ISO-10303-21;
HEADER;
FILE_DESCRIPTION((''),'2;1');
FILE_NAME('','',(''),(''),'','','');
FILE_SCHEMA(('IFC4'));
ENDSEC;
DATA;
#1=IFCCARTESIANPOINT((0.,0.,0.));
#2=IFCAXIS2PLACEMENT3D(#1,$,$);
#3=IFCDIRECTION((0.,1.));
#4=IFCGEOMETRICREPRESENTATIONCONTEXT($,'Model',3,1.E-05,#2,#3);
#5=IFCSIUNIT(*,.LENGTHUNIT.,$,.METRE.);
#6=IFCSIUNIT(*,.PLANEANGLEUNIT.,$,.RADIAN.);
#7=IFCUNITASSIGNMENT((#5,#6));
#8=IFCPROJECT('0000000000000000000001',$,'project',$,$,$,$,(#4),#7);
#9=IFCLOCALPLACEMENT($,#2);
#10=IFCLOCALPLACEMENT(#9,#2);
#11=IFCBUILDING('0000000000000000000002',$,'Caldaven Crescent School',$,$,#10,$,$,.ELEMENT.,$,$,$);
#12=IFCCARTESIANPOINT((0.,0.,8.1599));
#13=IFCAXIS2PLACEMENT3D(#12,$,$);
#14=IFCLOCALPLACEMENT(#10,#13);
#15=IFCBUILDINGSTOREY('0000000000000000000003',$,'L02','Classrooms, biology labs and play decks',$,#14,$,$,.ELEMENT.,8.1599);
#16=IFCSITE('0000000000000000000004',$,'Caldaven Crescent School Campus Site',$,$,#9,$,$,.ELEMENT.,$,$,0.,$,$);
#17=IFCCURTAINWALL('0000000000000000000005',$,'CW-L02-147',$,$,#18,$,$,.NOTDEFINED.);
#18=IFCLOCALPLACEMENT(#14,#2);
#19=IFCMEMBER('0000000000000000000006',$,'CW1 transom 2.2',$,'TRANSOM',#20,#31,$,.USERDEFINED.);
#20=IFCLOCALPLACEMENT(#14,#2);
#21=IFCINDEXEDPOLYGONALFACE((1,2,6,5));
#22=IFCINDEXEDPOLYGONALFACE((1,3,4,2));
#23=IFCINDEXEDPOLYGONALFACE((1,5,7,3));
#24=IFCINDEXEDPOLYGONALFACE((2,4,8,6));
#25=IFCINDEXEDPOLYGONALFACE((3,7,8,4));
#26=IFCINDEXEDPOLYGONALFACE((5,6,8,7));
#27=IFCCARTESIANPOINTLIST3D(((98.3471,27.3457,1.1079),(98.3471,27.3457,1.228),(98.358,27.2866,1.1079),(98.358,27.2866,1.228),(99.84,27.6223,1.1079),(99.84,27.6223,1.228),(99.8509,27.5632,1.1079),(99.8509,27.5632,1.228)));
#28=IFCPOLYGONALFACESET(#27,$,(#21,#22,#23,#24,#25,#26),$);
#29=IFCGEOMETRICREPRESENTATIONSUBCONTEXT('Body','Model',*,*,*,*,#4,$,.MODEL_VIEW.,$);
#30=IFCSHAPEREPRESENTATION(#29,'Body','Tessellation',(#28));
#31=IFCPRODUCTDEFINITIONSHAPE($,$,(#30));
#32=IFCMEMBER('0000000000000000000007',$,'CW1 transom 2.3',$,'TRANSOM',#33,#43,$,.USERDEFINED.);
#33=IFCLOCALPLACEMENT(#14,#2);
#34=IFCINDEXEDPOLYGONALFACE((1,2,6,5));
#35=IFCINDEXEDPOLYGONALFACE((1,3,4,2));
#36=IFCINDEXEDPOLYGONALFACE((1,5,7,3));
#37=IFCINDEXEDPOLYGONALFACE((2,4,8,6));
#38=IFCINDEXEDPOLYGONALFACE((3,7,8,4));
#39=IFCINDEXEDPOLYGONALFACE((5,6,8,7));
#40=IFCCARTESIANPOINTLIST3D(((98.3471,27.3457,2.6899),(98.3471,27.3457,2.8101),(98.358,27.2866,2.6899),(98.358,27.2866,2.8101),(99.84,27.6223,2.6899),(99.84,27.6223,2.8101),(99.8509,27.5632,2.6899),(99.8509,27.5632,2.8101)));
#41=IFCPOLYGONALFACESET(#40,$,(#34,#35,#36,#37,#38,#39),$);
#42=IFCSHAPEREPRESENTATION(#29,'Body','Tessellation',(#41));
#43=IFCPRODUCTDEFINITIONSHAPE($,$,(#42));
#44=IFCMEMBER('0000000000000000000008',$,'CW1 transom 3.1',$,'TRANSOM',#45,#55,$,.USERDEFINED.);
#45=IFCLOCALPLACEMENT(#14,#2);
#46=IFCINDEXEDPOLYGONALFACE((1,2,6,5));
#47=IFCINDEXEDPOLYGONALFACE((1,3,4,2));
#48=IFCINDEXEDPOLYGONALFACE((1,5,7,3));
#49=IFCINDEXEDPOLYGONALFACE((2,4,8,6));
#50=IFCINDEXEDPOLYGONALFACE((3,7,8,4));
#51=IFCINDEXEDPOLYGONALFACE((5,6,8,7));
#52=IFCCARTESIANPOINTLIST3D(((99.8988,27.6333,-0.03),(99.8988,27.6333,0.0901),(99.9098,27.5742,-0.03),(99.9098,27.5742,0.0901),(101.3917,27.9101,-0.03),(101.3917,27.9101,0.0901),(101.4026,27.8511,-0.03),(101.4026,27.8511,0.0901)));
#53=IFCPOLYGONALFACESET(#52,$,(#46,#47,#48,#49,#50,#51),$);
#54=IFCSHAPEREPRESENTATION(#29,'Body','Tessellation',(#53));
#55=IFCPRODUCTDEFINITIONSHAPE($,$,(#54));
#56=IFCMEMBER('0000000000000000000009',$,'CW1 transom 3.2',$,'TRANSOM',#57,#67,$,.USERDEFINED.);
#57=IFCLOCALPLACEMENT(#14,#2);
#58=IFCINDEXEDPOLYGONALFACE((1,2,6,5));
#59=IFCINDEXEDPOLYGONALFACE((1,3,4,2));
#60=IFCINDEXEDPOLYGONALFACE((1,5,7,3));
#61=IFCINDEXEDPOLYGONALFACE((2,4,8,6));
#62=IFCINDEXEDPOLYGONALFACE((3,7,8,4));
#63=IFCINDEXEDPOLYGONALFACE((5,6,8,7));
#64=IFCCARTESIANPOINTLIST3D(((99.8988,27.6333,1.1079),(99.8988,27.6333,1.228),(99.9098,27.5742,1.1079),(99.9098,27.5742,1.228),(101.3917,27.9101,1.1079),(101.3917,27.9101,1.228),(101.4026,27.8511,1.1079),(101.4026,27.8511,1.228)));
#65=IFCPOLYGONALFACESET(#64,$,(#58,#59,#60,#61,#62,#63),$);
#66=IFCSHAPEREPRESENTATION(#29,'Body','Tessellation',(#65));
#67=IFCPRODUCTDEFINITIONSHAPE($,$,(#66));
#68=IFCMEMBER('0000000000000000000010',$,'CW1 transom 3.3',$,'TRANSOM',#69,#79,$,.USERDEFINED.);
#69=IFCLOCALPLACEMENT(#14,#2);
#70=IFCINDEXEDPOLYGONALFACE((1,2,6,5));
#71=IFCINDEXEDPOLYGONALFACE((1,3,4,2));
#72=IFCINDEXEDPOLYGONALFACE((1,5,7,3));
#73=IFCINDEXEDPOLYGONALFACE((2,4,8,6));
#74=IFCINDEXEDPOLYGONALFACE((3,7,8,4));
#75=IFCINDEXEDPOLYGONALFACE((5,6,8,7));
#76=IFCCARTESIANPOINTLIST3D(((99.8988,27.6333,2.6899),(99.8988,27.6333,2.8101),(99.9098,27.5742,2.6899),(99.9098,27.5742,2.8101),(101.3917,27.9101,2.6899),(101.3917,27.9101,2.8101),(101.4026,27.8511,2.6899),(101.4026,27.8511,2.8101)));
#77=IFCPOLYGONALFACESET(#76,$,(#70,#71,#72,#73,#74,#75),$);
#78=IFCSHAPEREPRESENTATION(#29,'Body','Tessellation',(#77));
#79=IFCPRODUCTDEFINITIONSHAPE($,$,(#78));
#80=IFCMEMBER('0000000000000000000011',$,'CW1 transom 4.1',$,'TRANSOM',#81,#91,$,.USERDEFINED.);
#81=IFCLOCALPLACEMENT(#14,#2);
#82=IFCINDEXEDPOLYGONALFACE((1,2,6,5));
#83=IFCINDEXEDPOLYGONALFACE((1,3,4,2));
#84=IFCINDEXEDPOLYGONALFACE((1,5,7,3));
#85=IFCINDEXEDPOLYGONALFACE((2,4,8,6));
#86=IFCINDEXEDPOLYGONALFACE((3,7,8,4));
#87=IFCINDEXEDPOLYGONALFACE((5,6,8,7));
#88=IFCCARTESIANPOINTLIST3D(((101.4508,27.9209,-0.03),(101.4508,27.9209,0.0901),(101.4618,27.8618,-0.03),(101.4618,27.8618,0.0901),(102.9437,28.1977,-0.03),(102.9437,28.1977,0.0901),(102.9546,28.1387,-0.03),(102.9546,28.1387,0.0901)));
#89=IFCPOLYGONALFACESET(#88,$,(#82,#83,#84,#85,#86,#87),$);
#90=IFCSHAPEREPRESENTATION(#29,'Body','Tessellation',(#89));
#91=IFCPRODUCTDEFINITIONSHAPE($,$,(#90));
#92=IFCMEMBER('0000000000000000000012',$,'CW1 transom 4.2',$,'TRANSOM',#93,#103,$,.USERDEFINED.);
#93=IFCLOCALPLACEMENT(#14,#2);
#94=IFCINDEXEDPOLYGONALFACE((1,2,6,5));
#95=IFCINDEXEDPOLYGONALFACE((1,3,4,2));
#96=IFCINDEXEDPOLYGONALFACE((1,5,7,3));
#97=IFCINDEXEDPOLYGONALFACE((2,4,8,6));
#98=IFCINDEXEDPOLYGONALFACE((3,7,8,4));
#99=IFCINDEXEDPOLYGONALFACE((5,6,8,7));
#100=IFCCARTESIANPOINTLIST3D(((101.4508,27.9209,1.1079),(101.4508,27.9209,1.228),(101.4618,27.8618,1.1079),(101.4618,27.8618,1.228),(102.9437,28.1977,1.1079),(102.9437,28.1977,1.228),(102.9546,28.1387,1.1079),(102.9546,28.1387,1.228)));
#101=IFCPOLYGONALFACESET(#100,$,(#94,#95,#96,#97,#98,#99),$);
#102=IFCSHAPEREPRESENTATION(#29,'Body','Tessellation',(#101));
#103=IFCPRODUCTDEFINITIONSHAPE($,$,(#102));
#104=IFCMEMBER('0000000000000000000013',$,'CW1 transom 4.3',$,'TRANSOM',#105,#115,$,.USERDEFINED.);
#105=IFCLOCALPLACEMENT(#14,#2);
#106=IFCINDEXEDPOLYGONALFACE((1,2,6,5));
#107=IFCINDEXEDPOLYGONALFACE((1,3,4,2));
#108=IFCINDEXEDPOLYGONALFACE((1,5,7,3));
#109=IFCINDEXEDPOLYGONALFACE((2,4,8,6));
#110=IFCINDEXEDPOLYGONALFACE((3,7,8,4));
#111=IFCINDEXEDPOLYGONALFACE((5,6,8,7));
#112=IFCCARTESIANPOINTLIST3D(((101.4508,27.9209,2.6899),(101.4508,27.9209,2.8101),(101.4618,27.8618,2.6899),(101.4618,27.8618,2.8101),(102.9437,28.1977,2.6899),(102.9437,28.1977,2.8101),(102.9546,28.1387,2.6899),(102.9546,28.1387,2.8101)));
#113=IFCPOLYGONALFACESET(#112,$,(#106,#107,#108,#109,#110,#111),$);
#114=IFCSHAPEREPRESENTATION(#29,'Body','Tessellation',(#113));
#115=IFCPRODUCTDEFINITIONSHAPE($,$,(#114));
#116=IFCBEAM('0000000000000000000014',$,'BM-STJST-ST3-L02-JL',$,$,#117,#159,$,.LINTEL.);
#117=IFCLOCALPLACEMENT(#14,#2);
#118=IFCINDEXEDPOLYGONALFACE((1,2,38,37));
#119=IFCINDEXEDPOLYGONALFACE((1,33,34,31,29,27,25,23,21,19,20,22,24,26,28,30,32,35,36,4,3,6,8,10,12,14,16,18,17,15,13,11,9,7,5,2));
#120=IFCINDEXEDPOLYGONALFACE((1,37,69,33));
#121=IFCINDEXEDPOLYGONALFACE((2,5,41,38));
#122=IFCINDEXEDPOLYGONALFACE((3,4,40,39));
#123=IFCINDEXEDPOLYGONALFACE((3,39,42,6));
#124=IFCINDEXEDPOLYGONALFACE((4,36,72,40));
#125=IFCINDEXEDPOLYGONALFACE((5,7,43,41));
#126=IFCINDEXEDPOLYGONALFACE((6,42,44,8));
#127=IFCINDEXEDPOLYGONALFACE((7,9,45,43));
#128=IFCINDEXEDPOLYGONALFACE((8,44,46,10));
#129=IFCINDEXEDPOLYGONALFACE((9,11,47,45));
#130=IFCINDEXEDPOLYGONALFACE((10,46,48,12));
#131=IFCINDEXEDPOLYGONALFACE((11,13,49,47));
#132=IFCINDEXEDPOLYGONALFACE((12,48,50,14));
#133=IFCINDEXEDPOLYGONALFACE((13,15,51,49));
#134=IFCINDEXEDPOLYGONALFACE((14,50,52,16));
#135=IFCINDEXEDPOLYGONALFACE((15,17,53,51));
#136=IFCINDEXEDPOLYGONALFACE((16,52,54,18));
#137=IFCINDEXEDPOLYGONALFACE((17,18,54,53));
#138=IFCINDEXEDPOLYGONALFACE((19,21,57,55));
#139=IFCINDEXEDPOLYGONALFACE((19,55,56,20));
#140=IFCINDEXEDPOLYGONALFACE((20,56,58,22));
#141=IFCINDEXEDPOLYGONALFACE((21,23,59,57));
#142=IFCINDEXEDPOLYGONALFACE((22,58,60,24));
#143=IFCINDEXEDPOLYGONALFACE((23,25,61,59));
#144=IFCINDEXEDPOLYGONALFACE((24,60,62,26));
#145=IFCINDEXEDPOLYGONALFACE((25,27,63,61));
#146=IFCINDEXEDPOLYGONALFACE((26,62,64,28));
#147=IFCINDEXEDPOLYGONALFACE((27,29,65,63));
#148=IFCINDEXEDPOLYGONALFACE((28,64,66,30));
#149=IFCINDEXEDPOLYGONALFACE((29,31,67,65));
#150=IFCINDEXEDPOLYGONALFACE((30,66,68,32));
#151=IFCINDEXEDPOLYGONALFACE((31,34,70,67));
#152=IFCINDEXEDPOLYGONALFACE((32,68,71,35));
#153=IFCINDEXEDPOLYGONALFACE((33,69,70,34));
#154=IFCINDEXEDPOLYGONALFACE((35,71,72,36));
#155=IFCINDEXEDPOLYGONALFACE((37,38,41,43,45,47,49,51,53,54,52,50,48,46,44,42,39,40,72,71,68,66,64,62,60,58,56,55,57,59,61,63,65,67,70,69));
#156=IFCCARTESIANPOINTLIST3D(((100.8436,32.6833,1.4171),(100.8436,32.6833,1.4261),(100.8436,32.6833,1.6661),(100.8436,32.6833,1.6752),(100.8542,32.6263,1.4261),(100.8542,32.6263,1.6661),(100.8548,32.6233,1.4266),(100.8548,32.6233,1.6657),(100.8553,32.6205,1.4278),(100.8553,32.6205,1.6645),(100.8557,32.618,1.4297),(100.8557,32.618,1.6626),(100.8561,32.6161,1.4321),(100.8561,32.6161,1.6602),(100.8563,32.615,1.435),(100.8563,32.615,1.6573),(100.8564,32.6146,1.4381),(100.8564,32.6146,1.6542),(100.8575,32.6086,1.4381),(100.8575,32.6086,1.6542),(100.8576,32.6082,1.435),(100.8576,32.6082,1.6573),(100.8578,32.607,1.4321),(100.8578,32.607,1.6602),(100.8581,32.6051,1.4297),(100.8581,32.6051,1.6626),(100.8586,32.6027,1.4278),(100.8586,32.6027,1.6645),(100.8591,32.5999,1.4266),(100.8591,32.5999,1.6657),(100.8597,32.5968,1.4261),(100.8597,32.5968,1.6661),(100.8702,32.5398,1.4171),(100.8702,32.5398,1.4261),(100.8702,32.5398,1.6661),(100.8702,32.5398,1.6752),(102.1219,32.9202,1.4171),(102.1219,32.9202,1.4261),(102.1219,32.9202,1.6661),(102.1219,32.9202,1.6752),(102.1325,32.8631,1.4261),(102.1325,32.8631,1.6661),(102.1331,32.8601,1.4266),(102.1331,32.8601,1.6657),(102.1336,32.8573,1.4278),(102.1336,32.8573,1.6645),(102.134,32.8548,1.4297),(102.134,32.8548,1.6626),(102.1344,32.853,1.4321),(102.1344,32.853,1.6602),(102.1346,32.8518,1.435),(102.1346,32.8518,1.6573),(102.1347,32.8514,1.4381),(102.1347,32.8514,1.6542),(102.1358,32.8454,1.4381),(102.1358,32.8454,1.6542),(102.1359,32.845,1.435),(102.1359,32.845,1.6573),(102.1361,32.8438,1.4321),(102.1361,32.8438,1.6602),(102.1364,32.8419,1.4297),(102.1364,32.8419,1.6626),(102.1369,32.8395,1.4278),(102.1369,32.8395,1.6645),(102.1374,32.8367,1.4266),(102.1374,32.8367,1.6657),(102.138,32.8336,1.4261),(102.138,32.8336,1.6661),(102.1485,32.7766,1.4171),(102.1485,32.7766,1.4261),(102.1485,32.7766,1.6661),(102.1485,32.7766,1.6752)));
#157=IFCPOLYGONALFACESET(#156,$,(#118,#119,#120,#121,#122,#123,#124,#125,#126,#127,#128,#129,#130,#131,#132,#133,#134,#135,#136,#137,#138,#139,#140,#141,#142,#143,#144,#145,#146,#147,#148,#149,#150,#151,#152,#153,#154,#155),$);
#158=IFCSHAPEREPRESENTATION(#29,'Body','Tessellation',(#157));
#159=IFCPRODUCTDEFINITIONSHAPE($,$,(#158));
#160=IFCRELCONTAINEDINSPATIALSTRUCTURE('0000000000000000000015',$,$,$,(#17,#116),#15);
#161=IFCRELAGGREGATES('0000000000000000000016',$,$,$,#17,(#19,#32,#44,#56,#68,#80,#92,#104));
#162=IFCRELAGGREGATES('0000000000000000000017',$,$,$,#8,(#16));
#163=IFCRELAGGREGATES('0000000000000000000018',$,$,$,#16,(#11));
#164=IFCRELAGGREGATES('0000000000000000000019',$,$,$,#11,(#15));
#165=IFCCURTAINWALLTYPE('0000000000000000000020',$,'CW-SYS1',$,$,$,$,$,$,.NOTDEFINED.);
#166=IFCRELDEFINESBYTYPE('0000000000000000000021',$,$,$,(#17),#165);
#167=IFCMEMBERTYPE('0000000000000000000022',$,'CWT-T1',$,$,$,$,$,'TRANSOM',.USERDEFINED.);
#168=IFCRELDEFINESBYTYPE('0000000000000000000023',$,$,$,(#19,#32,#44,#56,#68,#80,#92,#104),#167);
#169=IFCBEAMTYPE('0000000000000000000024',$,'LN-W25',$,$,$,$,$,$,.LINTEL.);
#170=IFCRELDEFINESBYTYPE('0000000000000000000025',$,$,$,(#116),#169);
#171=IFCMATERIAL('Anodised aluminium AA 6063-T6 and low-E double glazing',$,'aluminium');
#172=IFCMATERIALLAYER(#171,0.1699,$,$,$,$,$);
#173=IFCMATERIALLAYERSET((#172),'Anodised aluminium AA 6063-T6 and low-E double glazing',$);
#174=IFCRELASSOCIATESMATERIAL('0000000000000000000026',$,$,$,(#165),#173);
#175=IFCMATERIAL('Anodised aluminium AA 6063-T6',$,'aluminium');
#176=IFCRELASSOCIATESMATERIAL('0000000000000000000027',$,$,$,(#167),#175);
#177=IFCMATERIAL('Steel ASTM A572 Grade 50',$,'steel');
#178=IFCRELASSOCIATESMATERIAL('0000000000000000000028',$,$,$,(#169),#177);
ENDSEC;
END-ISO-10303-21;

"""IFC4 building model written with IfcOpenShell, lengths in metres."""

from ifc_helpers import new_model, si_unit, direction, frame, origin, origin_2d, place, context, subcontext, project, spatial, rectangle, i_section, extrude, material, layer, layer_set, material_profile, profile_set, type_object, element, aggregate, save


model = new_model("IFC4")

# Units and contexts
model_context = context("Model", 3, precision=1e-05, world=origin(), true_north=direction((0.0, 1.0)))
body_context = subcontext(model_context, "Body", "Model", "MODEL_VIEW")
ifc_project = project(units=[si_unit("LENGTHUNIT", "METRE"), si_unit("PLANEANGLEUNIT", "RADIAN")], contexts=[model_context])

# Site, building, storey
site_placement = place(None, origin())
site = spatial("IfcSite", under=ifc_project, at=site_placement, Name="Caldaven Crescent School Campus Site", CompositionType="ELEMENT", RefElevation=0.0)
building_placement = place(site_placement, origin())
building = spatial("IfcBuilding", under=site, at=building_placement, Name="Caldaven Crescent School", CompositionType="ELEMENT")
storey_placement = place(building_placement, frame((0.0, 0.0, 8.1599)))
storey = spatial("IfcBuildingStorey", under=building, at=storey_placement, Name="L02", Description="Classrooms, biology labs and play decks", CompositionType="ELEMENT", Elevation=8.1599)

# Shared definitions
ifc_material_1 = material(Name="Steel ASTM A572 Grade 50", Category="steel")

# Curtain wall, members
ifc_material_2 = material(Name="Anodised aluminium AA 6063-T6 and low-E double glazing", Category="aluminium")
ifc_layer_1 = layer(ifc_material_2, 0.1699)
ifc_layer_set_1 = layer_set([ifc_layer_1], Name="Anodised aluminium AA 6063-T6 and low-E double glazing")
curtain_wall_type = type_object("IfcCurtainWallType", Name="CW-SYS1", PredefinedType="NOTDEFINED", material=ifc_layer_set_1)
curtain_wall_placement = place(storey_placement, origin())
curtain_wall = element("IfcCurtainWall", 1, at=curtain_wall_placement, inside=storey, type_object=curtain_wall_type, Name="CW-L02-147", PredefinedType="NOTDEFINED")
ifc_material_3 = material(Name="Anodised aluminium AA 6063-T6", Category="aluminium")
ifc_material_profile_1 = material_profile(ifc_material_3, rectangle(XDim=0.0601, YDim=0.1201, at=origin_2d()), Name="CWT 60x120")
ifc_profile_set_1 = profile_set([ifc_material_profile_1], Name="Anodised aluminium AA 6063-T6")
member_type_1 = type_object("IfcMemberType", Name="CWT-T1", ElementType="TRANSOM", PredefinedType="USERDEFINED", material=ifc_profile_set_1)
member_1_placement = place(storey_placement, frame((98.3525, 27.3162, 1.168), z_axis=(0.983265, 0.182181, 0.0), x_axis=(-0.182181, 0.983265, 0.0)))
member_1 = element("IfcMember", 2, at=member_1_placement, type_object=member_type_1, Name="CW1 transom 2.2", ObjectType="TRANSOM", PredefinedType="USERDEFINED", context=body_context, shape_type="SweptSolid", body=[
    extrude(rectangle(XDim=0.0601, YDim=0.1201, at=origin_2d()), origin(), (0.0, 0.0, 1.0), 1.5183),
])
member_2_placement = place(storey_placement, frame((98.3525, 27.3162, 2.75), z_axis=(0.983265, 0.182181, 0.0), x_axis=(-0.182181, 0.983265, 0.0)))
member_2 = element("IfcMember", 3, at=member_2_placement, type_object=member_type_1, Name="CW1 transom 2.3", ObjectType="TRANSOM", PredefinedType="USERDEFINED", context=body_context, shape_type="SweptSolid", body=[
    extrude(rectangle(XDim=0.0601, YDim=0.1201, at=origin_2d()), origin(), (0.0, 0.0, 1.0), 1.5183),
])
member_3_placement = place(storey_placement, frame((99.9043, 27.6038, 0.03), z_axis=(0.983236, 0.182337, 0.0), x_axis=(-0.182337, 0.983236, 0.0)))
member_3 = element("IfcMember", 4, at=member_3_placement, type_object=member_type_1, Name="CW1 transom 3.1", ObjectType="TRANSOM", PredefinedType="USERDEFINED", context=body_context, shape_type="SweptSolid", body=[
    extrude(rectangle(XDim=0.0601, YDim=0.1201, at=origin_2d()), origin(), (0.0, 0.0, 1.0), 1.5183),
])
member_4_placement = place(storey_placement, frame((99.9043, 27.6038, 1.168), z_axis=(0.983236, 0.182337, 0.0), x_axis=(-0.182337, 0.983236, 0.0)))
member_4 = element("IfcMember", 5, at=member_4_placement, type_object=member_type_1, Name="CW1 transom 3.2", ObjectType="TRANSOM", PredefinedType="USERDEFINED", context=body_context, shape_type="SweptSolid", body=[
    extrude(rectangle(XDim=0.0601, YDim=0.1201, at=origin_2d()), origin(), (0.0, 0.0, 1.0), 1.5183),
])
member_5_placement = place(storey_placement, frame((99.9043, 27.6038, 2.75), z_axis=(0.983236, 0.182337, 0.0), x_axis=(-0.182337, 0.983236, 0.0)))
member_5 = element("IfcMember", 6, at=member_5_placement, type_object=member_type_1, Name="CW1 transom 3.3", ObjectType="TRANSOM", PredefinedType="USERDEFINED", context=body_context, shape_type="SweptSolid", body=[
    extrude(rectangle(XDim=0.0601, YDim=0.1201, at=origin_2d()), origin(), (0.0, 0.0, 1.0), 1.5183),
])
member_6_placement = place(storey_placement, frame((101.4563, 27.8914, 0.03), z_axis=(0.983236, 0.182337, 0.0), x_axis=(-0.182337, 0.983236, 0.0)))
member_6 = element("IfcMember", 7, at=member_6_placement, type_object=member_type_1, Name="CW1 transom 4.1", ObjectType="TRANSOM", PredefinedType="USERDEFINED", context=body_context, shape_type="SweptSolid", body=[
    extrude(rectangle(XDim=0.0601, YDim=0.1201, at=origin_2d()), origin(), (0.0, 0.0, 1.0), 1.5183),
])
member_7_placement = place(storey_placement, frame((101.4563, 27.8914, 1.168), z_axis=(0.983236, 0.182337, 0.0), x_axis=(-0.182337, 0.983236, 0.0)))
member_7 = element("IfcMember", 8, at=member_7_placement, type_object=member_type_1, Name="CW1 transom 4.2", ObjectType="TRANSOM", PredefinedType="USERDEFINED", context=body_context, shape_type="SweptSolid", body=[
    extrude(rectangle(XDim=0.0601, YDim=0.1201, at=origin_2d()), origin(), (0.0, 0.0, 1.0), 1.5183),
])
member_8_placement = place(storey_placement, frame((101.4563, 27.8914, 2.75), z_axis=(0.983236, 0.182337, 0.0), x_axis=(-0.182337, 0.983236, 0.0)))
member_8 = element("IfcMember", 9, at=member_8_placement, type_object=member_type_1, Name="CW1 transom 4.3", ObjectType="TRANSOM", PredefinedType="USERDEFINED", context=body_context, shape_type="SweptSolid", body=[
    extrude(rectangle(XDim=0.0601, YDim=0.1201, at=origin_2d()), origin(), (0.0, 0.0, 1.0), 1.5183),
])

# Beam
ifc_material_profile_2 = material_profile(ifc_material_1, i_section(OverallWidth=0.146, OverallDepth=0.2581, WebThickness=0.0061, FlangeThickness=0.009, FilletRadius=0.012, at=origin_2d()), Name="W250x33")
ifc_profile_set_2 = profile_set([ifc_material_profile_2], Name="Steel ASTM A572 Grade 50")
beam_type_1 = type_object("IfcBeamType", Name="LN-W25", PredefinedType="LINTEL", material=ifc_profile_set_2)
beam_1_placement = place(storey_placement, frame((100.8569, 32.6116, 1.5461), z_axis=(0.98327, 0.182157, 0.0), x_axis=(-0.182157, 0.98327, 0.0)))
element("IfcBeam", 10, at=beam_1_placement, inside=storey, type_object=beam_type_1, Name="BM-STJST-ST3-L02-JL", PredefinedType="LINTEL", context=body_context, shape_type="SweptSolid", body=[
    extrude(i_section(OverallWidth=0.146, OverallDepth=0.2581, WebThickness=0.0061, FlangeThickness=0.009, FilletRadius=0.012, at=origin_2d()), origin(), (0.0, 0.0, 1.0), 1.3),
])

aggregate(curtain_wall, [member_1, member_2, member_3, member_4, member_5, member_6, member_7, member_8])

save(model, "model.ifc")
